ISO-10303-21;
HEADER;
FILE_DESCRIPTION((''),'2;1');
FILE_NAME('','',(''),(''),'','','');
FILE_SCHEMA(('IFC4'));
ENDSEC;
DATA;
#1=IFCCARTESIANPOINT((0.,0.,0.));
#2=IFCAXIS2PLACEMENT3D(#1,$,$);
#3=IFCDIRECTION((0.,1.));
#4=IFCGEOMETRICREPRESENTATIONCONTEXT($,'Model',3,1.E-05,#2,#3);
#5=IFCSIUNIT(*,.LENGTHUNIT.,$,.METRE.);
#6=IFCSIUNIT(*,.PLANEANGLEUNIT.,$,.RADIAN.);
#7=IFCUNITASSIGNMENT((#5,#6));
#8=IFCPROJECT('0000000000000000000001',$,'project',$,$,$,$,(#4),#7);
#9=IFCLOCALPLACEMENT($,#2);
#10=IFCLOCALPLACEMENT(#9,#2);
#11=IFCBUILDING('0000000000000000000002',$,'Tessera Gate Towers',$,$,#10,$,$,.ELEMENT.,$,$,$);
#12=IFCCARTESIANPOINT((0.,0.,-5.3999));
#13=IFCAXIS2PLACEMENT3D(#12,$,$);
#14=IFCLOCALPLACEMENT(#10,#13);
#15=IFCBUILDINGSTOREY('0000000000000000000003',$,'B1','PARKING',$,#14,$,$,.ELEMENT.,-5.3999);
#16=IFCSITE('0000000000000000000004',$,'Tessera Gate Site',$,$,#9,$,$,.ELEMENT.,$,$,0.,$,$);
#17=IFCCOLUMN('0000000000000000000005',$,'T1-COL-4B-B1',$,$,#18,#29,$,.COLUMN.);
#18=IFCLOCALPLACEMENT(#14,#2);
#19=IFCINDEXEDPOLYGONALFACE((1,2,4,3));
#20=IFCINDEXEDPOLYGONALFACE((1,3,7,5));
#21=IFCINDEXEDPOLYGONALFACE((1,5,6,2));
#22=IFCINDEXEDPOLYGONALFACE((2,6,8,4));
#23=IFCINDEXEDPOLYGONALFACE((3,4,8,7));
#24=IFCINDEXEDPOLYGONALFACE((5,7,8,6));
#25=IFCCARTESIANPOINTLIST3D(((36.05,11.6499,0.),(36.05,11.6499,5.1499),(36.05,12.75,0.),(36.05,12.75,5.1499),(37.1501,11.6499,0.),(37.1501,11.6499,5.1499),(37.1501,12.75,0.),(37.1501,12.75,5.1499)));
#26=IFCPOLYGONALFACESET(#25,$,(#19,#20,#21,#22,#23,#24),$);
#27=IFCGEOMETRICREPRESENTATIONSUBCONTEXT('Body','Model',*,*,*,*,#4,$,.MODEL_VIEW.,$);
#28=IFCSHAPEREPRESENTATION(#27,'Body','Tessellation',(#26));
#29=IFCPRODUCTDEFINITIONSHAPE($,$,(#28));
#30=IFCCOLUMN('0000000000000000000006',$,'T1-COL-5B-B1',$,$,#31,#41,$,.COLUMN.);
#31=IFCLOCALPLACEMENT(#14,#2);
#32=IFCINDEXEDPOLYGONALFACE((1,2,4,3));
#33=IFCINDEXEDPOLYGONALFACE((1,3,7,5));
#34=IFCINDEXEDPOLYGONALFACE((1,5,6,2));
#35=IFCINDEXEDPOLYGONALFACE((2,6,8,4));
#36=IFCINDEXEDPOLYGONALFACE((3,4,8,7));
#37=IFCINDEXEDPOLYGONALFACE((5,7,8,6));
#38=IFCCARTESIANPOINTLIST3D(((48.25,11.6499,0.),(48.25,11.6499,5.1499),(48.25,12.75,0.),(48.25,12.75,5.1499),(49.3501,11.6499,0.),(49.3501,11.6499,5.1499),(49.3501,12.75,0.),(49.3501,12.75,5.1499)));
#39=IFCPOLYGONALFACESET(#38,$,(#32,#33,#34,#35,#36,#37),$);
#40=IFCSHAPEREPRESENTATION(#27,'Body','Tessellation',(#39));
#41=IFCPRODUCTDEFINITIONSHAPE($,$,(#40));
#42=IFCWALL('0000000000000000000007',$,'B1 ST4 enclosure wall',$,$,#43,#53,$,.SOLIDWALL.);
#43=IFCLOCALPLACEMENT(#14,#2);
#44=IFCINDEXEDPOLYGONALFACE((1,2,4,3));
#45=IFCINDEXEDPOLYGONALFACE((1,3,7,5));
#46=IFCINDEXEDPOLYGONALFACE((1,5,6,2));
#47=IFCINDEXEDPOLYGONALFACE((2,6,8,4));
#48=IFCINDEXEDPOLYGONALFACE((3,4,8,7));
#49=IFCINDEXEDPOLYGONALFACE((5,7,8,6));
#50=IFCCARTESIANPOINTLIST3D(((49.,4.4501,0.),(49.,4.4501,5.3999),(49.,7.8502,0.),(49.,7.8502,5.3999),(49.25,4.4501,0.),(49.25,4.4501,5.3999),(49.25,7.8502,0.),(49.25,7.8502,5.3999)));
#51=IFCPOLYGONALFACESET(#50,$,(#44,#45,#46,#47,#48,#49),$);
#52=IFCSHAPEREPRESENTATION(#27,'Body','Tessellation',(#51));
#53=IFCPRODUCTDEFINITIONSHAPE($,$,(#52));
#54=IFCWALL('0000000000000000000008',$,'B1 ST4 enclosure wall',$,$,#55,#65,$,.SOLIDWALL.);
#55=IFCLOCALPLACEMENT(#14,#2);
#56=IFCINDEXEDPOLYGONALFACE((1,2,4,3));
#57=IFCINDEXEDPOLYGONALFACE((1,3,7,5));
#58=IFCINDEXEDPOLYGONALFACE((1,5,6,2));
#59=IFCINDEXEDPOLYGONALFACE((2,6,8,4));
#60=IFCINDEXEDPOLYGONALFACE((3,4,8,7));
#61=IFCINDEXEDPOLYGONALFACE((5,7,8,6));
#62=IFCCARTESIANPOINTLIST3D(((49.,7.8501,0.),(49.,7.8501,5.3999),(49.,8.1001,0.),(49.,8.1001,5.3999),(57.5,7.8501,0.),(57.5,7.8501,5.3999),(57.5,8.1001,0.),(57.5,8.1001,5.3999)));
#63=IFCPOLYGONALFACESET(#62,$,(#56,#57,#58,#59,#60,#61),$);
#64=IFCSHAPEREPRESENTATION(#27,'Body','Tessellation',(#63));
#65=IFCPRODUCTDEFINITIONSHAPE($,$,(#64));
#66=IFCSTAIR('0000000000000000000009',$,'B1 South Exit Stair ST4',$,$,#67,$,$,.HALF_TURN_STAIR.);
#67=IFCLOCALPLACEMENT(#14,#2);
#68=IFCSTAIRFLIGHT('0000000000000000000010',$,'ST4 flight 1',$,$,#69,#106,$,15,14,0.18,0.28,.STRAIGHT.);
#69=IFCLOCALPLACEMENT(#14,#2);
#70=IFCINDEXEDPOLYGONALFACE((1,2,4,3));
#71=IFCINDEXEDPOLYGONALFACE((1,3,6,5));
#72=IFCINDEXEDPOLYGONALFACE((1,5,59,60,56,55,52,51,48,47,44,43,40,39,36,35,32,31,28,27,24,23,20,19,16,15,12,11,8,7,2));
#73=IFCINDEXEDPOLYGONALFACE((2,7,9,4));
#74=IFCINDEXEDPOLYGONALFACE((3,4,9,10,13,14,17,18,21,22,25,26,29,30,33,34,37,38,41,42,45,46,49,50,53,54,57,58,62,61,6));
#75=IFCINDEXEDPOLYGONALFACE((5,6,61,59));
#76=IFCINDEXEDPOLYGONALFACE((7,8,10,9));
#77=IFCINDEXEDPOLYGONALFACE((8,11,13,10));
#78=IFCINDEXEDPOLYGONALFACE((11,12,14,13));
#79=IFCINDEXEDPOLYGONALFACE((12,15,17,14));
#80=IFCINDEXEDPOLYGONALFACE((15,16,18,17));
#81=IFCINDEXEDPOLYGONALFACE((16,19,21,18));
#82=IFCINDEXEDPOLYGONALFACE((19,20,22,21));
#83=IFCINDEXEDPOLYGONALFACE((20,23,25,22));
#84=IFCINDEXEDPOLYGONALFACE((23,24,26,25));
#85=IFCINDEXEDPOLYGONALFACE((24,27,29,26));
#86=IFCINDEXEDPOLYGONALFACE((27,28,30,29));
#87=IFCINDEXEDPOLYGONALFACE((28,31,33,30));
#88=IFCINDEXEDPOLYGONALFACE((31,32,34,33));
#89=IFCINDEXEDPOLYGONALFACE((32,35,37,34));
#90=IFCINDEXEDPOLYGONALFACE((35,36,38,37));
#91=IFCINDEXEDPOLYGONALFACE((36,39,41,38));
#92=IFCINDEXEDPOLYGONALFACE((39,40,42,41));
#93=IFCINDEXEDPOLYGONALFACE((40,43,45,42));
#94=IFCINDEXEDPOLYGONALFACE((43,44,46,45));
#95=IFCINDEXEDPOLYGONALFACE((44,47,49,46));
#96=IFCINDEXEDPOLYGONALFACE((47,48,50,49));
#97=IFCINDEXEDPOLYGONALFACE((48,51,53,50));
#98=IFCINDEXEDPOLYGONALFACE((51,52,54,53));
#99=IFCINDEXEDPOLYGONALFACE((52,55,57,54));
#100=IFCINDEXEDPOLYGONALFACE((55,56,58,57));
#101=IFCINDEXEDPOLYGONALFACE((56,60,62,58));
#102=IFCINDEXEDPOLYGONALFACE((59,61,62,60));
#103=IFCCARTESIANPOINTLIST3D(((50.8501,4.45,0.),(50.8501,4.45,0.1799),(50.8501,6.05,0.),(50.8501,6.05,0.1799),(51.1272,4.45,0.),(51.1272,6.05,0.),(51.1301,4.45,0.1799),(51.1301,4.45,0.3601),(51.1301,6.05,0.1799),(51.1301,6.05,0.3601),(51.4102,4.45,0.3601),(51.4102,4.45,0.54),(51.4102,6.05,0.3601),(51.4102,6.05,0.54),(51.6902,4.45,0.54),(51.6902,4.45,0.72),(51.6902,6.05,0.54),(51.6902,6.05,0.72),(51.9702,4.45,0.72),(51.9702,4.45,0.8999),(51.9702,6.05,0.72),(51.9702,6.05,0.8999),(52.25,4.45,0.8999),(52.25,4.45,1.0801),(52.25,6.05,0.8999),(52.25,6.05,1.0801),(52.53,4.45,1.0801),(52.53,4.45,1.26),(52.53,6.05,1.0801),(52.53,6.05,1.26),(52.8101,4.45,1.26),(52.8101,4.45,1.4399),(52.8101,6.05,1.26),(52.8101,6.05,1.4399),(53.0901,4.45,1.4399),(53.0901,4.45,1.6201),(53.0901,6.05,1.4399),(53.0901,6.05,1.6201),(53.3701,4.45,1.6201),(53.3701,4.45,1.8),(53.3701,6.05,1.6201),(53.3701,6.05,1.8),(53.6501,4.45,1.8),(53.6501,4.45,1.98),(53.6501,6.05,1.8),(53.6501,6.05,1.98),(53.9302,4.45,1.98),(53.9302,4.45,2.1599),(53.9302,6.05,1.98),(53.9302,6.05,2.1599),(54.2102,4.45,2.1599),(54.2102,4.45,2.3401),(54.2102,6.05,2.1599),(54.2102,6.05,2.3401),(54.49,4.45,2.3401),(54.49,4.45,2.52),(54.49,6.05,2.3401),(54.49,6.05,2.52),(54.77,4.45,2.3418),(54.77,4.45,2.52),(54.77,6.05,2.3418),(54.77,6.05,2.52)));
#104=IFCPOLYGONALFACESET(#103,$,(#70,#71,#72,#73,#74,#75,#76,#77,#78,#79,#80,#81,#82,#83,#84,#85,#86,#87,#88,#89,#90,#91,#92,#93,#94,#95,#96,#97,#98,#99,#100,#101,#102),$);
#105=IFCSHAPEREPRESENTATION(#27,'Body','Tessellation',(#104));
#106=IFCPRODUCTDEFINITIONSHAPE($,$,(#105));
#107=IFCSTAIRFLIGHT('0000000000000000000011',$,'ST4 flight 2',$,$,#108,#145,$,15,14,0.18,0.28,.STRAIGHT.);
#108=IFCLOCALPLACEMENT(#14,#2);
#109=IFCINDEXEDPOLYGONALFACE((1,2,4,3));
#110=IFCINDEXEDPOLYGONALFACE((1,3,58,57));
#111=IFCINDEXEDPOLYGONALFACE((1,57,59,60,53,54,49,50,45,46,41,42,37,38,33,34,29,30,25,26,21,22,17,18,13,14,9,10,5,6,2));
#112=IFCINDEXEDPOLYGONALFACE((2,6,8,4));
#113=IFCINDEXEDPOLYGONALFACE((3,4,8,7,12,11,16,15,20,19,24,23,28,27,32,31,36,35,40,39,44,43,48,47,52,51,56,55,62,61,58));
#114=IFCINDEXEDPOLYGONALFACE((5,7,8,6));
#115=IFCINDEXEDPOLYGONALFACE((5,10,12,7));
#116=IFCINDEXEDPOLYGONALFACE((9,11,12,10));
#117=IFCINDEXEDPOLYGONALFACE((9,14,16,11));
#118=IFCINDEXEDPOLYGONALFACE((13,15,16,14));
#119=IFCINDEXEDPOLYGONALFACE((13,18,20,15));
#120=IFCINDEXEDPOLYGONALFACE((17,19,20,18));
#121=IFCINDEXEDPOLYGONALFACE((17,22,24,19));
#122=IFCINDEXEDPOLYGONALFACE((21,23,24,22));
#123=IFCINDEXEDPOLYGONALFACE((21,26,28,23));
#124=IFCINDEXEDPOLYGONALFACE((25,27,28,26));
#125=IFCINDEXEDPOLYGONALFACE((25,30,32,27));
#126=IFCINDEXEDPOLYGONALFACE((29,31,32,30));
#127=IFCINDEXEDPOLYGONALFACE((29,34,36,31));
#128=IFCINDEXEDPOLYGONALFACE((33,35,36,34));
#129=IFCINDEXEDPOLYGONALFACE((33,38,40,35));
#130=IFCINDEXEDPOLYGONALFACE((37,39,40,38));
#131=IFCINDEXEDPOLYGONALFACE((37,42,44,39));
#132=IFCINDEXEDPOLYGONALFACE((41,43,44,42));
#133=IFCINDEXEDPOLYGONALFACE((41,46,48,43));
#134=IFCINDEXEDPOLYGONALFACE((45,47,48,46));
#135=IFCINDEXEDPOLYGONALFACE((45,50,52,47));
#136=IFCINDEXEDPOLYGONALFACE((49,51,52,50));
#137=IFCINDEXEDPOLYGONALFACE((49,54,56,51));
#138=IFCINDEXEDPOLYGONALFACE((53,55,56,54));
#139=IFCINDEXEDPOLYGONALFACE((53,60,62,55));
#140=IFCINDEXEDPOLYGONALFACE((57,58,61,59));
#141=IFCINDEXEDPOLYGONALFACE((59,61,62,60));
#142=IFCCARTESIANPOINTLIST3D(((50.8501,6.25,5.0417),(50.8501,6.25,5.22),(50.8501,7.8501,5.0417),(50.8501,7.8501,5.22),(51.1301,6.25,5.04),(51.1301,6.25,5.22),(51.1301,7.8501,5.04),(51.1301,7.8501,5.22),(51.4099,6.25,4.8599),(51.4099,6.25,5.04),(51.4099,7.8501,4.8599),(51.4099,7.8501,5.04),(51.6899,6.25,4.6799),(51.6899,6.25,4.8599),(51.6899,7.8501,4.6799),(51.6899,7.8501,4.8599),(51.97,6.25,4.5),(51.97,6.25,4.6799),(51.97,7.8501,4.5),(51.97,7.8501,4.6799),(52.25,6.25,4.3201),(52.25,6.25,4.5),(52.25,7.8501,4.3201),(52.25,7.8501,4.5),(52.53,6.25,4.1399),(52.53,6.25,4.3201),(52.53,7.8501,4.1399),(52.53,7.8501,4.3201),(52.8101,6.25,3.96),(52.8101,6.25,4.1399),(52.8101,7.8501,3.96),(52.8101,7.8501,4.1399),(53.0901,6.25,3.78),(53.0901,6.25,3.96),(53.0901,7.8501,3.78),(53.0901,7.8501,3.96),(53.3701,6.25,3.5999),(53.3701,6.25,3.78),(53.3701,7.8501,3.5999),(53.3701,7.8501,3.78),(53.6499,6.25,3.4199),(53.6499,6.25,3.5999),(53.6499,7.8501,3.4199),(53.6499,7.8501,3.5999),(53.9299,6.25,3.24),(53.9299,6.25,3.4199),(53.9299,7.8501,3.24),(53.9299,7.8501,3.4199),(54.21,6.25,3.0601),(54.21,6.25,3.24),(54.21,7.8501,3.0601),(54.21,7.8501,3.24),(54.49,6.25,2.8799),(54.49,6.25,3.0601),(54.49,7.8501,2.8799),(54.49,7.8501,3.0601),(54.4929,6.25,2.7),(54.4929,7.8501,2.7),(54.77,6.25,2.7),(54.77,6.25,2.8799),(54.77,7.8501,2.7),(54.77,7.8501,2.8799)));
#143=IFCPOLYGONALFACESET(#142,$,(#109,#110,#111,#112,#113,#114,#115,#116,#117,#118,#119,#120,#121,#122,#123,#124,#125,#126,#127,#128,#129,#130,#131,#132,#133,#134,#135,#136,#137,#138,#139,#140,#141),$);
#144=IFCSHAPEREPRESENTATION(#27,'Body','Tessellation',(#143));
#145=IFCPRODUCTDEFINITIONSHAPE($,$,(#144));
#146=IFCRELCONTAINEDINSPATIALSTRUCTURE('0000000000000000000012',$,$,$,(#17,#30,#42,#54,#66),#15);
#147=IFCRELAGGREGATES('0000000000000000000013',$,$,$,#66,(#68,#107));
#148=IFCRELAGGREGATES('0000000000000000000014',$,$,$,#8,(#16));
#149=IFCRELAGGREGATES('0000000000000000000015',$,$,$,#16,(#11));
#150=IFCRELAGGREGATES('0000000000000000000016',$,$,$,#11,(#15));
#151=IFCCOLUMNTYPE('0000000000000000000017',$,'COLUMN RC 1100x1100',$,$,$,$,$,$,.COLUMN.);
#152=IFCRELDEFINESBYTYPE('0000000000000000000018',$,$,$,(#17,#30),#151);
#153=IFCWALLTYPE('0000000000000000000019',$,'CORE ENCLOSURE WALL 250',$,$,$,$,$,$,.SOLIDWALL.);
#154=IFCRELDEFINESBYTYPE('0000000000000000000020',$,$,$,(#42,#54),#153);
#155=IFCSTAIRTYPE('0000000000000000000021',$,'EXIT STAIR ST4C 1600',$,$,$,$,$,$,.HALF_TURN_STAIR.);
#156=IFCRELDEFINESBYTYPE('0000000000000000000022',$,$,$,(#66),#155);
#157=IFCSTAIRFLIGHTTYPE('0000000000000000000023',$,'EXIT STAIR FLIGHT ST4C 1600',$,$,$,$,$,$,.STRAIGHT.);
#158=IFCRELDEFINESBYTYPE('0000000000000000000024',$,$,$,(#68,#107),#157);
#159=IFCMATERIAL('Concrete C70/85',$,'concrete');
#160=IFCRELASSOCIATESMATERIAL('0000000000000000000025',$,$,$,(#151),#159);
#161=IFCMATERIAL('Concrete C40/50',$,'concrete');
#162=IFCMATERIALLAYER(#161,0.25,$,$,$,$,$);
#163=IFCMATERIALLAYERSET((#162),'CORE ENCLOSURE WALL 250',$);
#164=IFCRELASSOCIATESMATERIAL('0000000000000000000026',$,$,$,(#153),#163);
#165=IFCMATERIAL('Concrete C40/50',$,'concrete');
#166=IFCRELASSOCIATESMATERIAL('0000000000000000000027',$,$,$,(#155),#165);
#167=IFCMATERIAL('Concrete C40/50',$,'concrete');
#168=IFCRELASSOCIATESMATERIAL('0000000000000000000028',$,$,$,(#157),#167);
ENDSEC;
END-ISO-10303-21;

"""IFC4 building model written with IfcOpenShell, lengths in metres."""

from ifc_helpers import new_model, si_unit, direction, frame, frame_2d, origin, origin_2d, place, context, subcontext, project, spatial, polyline, rectangle, outline, extrude, material, layer, layer_set, material_profile, profile_set, type_object, element, aggregate, save


model = new_model("IFC4")

# Units and contexts
model_context = context("Model", 3, precision=1e-05, world=origin(), true_north=direction((0.0, 1.0)))
body_context = subcontext(model_context, "Body", "Model", "MODEL_VIEW")
ifc_project = project(units=[si_unit("LENGTHUNIT", "METRE"), si_unit("PLANEANGLEUNIT", "RADIAN")], contexts=[model_context])

# Site, building, storey
site_placement = place(None, origin())
site = spatial("IfcSite", under=ifc_project, at=site_placement, Name="Tessera Gate Site", CompositionType="ELEMENT", RefElevation=0.0)
building_placement = place(site_placement, origin())
building = spatial("IfcBuilding", under=site, at=building_placement, Name="Tessera Gate Towers", CompositionType="ELEMENT")
storey_placement = place(building_placement, frame((0.0, 0.0, -5.3999)))
storey = spatial("IfcBuildingStorey", under=building, at=storey_placement, Name="B1", Description="PARKING", CompositionType="ELEMENT", Elevation=-5.3999)

# Columns
ifc_material_1 = material(Name="Concrete C70/85", Category="concrete")
ifc_material_profile_1 = material_profile(ifc_material_1, rectangle(XDim=1.1001, YDim=1.1001, at=origin_2d()), Name="RC 1100x1100")
ifc_profile_set_1 = profile_set([ifc_material_profile_1], Name="Concrete C70/85")
column_type = type_object("IfcColumnType", Name="COLUMN RC 1100x1100", PredefinedType="COLUMN", material=ifc_profile_set_1)
for number, where, z_axis, x_axis, name in (
    (1, (36.6001, 12.2, 0.0), (0.0, 0.0, 1.0), (1.0, 0.0, 0.0), "T1-COL-4B-B1"),
    (2, (48.8, 12.2, 0.0), (0.0, 0.0, 1.0), (1.0, 0.0, 0.0), "T1-COL-5B-B1"),
):
    element("IfcColumn", number, at=place(storey_placement, frame(where, z_axis=z_axis, x_axis=x_axis)), inside=storey, type_object=column_type, Name=name, PredefinedType="COLUMN", context=body_context, shape_type="SweptSolid", body=[
        extrude(rectangle(XDim=1.1001, YDim=1.1001, at=origin_2d()), origin(), (0.0, 0.0, 1.0), 5.1499),
    ])

# Walls
ifc_material_2 = material(Name="Concrete C40/50", Category="concrete")
ifc_layer = layer(ifc_material_2, 0.25)
ifc_layer_set = layer_set([ifc_layer], Name="CORE ENCLOSURE WALL 250")
wall_type = type_object("IfcWallType", Name="CORE ENCLOSURE WALL 250", PredefinedType="SOLIDWALL", material=ifc_layer_set)
wall_1_placement = place(storey_placement, frame((49.125, 4.45, 0.0), z_axis=(0.0, 0.0, 1.0), x_axis=(0.0, 1.0, 0.0)))
element("IfcWall", 3, at=wall_1_placement, inside=storey, type_object=wall_type, Name="B1 ST4 enclosure wall", PredefinedType="SOLIDWALL", context=body_context, shape_type="SweptSolid", body=[
    extrude(rectangle(XDim=3.4001, YDim=0.25, at=frame_2d((1.7002, 0.0))), origin(), (0.0, 0.0, 1.0), 5.3999),
])
wall_2_placement = place(storey_placement, frame((49.0, 7.9751, 0.0), z_axis=(0.0, 0.0, 1.0), x_axis=(1.0, 0.0, 0.0)))
element("IfcWall", 4, at=wall_2_placement, inside=storey, type_object=wall_type, Name="B1 ST4 enclosure wall", PredefinedType="SOLIDWALL", context=body_context, shape_type="SweptSolid", body=[
    extrude(rectangle(XDim=8.5, YDim=0.25, at=frame_2d((4.25, 0.0))), origin(), (0.0, 0.0, 1.0), 5.3999),
])

# Stair, stair flights
ifc_material_3 = material(Name="Concrete C40/50", Category="concrete")
stair_type = type_object("IfcStairType", Name="EXIT STAIR ST4C 1600", PredefinedType="HALF_TURN_STAIR", material=ifc_material_3)
stair_placement = place(storey_placement, origin())
stair = element("IfcStair", 5, at=stair_placement, inside=storey, type_object=stair_type, Name="B1 South Exit Stair ST4", PredefinedType="HALF_TURN_STAIR")
ifc_material_4 = material(Name="Concrete C40/50", Category="concrete")
stair_flight_type = type_object("IfcStairFlightType", Name="EXIT STAIR FLIGHT ST4C 1600", PredefinedType="STRAIGHT", material=ifc_material_4)
stair_flight_1_placement = place(storey_placement, frame((50.8501, 5.25, 0.0), z_axis=(0.0, 0.0, 1.0), x_axis=(1.0, 0.0, 0.0)))
stair_flight_1 = element("IfcStairFlight", 6, at=stair_flight_1_placement, type_object=stair_flight_type, Name="ST4 flight 1", NumberOfRisers=15, NumberOfTreads=14, PredefinedType="STRAIGHT", RiserHeight=0.18, TreadLength=0.28, context=body_context, shape_type="SweptSolid", body=[
    extrude(outline(polyline([(0.0, 0.0), (0.0, 0.1799), (0.28, 0.1799), (0.28, 0.3601), (0.5601, 0.3601), (0.5601, 0.54), (0.8401, 0.54), (0.8401, 0.72), (1.1201, 0.72), (1.1201, 0.8999), (1.3999, 0.8999), (1.3999, 1.0801), (1.6799, 1.0801), (1.6799, 1.26), (1.96, 1.26), (1.96, 1.4399), (2.24, 1.4399), (2.24, 1.6201), (2.52, 1.6201), (2.52, 1.8), (2.8, 1.8), (2.8, 1.98), (3.0801, 1.98), (3.0801, 2.1599), (3.3601, 2.1599), (3.3601, 2.3401), (3.6399, 2.3401), (3.6399, 2.52), (3.9199, 2.52), (3.9199, 2.7), (3.9199, 2.3418), (0.2771, 0.0), (0.0, 0.0)])), frame((0.0, 0.8, 0.0), z_axis=(0.0, -1.0, 0.0), x_axis=(1.0, 0.0, 0.0)), (0.0, 0.0, 1.0), 1.6001),
])
stair_flight_2_placement = place(storey_placement, frame((54.77, 7.05, 2.7), z_axis=(0.0, 0.0, 1.0), x_axis=(-1.0, 0.0, 0.0)))
stair_flight_2 = element("IfcStairFlight", 7, at=stair_flight_2_placement, type_object=stair_flight_type, Name="ST4 flight 2", NumberOfRisers=15, NumberOfTreads=14, PredefinedType="STRAIGHT", RiserHeight=0.18, TreadLength=0.28, context=body_context, shape_type="SweptSolid", body=[
    extrude(outline(polyline([(0.0, 0.0), (0.0, 0.1799), (0.28, 0.1799), (0.28, 0.3601), (0.5601, 0.3601), (0.5601, 0.54), (0.8401, 0.54), (0.8401, 0.72), (1.1201, 0.72), (1.1201, 0.8999), (1.3999, 0.8999), (1.3999, 1.0801), (1.6799, 1.0801), (1.6799, 1.26), (1.96, 1.26), (1.96, 1.4399), (2.24, 1.4399), (2.24, 1.6201), (2.52, 1.6201), (2.52, 1.8), (2.8, 1.8), (2.8, 1.98), (3.0801, 1.98), (3.0801, 2.1599), (3.3601, 2.1599), (3.3601, 2.3401), (3.6399, 2.3401), (3.6399, 2.52), (3.9199, 2.52), (3.9199, 2.7), (3.9199, 2.3418), (0.2771, 0.0), (0.0, 0.0)])), frame((0.0, 0.8, 0.0), z_axis=(0.0, -1.0, 0.0), x_axis=(1.0, 0.0, 0.0)), (0.0, 0.0, 1.0), 1.6001),
])
aggregate(stair, [stair_flight_1, stair_flight_2])

save(model, "model.ifc")
